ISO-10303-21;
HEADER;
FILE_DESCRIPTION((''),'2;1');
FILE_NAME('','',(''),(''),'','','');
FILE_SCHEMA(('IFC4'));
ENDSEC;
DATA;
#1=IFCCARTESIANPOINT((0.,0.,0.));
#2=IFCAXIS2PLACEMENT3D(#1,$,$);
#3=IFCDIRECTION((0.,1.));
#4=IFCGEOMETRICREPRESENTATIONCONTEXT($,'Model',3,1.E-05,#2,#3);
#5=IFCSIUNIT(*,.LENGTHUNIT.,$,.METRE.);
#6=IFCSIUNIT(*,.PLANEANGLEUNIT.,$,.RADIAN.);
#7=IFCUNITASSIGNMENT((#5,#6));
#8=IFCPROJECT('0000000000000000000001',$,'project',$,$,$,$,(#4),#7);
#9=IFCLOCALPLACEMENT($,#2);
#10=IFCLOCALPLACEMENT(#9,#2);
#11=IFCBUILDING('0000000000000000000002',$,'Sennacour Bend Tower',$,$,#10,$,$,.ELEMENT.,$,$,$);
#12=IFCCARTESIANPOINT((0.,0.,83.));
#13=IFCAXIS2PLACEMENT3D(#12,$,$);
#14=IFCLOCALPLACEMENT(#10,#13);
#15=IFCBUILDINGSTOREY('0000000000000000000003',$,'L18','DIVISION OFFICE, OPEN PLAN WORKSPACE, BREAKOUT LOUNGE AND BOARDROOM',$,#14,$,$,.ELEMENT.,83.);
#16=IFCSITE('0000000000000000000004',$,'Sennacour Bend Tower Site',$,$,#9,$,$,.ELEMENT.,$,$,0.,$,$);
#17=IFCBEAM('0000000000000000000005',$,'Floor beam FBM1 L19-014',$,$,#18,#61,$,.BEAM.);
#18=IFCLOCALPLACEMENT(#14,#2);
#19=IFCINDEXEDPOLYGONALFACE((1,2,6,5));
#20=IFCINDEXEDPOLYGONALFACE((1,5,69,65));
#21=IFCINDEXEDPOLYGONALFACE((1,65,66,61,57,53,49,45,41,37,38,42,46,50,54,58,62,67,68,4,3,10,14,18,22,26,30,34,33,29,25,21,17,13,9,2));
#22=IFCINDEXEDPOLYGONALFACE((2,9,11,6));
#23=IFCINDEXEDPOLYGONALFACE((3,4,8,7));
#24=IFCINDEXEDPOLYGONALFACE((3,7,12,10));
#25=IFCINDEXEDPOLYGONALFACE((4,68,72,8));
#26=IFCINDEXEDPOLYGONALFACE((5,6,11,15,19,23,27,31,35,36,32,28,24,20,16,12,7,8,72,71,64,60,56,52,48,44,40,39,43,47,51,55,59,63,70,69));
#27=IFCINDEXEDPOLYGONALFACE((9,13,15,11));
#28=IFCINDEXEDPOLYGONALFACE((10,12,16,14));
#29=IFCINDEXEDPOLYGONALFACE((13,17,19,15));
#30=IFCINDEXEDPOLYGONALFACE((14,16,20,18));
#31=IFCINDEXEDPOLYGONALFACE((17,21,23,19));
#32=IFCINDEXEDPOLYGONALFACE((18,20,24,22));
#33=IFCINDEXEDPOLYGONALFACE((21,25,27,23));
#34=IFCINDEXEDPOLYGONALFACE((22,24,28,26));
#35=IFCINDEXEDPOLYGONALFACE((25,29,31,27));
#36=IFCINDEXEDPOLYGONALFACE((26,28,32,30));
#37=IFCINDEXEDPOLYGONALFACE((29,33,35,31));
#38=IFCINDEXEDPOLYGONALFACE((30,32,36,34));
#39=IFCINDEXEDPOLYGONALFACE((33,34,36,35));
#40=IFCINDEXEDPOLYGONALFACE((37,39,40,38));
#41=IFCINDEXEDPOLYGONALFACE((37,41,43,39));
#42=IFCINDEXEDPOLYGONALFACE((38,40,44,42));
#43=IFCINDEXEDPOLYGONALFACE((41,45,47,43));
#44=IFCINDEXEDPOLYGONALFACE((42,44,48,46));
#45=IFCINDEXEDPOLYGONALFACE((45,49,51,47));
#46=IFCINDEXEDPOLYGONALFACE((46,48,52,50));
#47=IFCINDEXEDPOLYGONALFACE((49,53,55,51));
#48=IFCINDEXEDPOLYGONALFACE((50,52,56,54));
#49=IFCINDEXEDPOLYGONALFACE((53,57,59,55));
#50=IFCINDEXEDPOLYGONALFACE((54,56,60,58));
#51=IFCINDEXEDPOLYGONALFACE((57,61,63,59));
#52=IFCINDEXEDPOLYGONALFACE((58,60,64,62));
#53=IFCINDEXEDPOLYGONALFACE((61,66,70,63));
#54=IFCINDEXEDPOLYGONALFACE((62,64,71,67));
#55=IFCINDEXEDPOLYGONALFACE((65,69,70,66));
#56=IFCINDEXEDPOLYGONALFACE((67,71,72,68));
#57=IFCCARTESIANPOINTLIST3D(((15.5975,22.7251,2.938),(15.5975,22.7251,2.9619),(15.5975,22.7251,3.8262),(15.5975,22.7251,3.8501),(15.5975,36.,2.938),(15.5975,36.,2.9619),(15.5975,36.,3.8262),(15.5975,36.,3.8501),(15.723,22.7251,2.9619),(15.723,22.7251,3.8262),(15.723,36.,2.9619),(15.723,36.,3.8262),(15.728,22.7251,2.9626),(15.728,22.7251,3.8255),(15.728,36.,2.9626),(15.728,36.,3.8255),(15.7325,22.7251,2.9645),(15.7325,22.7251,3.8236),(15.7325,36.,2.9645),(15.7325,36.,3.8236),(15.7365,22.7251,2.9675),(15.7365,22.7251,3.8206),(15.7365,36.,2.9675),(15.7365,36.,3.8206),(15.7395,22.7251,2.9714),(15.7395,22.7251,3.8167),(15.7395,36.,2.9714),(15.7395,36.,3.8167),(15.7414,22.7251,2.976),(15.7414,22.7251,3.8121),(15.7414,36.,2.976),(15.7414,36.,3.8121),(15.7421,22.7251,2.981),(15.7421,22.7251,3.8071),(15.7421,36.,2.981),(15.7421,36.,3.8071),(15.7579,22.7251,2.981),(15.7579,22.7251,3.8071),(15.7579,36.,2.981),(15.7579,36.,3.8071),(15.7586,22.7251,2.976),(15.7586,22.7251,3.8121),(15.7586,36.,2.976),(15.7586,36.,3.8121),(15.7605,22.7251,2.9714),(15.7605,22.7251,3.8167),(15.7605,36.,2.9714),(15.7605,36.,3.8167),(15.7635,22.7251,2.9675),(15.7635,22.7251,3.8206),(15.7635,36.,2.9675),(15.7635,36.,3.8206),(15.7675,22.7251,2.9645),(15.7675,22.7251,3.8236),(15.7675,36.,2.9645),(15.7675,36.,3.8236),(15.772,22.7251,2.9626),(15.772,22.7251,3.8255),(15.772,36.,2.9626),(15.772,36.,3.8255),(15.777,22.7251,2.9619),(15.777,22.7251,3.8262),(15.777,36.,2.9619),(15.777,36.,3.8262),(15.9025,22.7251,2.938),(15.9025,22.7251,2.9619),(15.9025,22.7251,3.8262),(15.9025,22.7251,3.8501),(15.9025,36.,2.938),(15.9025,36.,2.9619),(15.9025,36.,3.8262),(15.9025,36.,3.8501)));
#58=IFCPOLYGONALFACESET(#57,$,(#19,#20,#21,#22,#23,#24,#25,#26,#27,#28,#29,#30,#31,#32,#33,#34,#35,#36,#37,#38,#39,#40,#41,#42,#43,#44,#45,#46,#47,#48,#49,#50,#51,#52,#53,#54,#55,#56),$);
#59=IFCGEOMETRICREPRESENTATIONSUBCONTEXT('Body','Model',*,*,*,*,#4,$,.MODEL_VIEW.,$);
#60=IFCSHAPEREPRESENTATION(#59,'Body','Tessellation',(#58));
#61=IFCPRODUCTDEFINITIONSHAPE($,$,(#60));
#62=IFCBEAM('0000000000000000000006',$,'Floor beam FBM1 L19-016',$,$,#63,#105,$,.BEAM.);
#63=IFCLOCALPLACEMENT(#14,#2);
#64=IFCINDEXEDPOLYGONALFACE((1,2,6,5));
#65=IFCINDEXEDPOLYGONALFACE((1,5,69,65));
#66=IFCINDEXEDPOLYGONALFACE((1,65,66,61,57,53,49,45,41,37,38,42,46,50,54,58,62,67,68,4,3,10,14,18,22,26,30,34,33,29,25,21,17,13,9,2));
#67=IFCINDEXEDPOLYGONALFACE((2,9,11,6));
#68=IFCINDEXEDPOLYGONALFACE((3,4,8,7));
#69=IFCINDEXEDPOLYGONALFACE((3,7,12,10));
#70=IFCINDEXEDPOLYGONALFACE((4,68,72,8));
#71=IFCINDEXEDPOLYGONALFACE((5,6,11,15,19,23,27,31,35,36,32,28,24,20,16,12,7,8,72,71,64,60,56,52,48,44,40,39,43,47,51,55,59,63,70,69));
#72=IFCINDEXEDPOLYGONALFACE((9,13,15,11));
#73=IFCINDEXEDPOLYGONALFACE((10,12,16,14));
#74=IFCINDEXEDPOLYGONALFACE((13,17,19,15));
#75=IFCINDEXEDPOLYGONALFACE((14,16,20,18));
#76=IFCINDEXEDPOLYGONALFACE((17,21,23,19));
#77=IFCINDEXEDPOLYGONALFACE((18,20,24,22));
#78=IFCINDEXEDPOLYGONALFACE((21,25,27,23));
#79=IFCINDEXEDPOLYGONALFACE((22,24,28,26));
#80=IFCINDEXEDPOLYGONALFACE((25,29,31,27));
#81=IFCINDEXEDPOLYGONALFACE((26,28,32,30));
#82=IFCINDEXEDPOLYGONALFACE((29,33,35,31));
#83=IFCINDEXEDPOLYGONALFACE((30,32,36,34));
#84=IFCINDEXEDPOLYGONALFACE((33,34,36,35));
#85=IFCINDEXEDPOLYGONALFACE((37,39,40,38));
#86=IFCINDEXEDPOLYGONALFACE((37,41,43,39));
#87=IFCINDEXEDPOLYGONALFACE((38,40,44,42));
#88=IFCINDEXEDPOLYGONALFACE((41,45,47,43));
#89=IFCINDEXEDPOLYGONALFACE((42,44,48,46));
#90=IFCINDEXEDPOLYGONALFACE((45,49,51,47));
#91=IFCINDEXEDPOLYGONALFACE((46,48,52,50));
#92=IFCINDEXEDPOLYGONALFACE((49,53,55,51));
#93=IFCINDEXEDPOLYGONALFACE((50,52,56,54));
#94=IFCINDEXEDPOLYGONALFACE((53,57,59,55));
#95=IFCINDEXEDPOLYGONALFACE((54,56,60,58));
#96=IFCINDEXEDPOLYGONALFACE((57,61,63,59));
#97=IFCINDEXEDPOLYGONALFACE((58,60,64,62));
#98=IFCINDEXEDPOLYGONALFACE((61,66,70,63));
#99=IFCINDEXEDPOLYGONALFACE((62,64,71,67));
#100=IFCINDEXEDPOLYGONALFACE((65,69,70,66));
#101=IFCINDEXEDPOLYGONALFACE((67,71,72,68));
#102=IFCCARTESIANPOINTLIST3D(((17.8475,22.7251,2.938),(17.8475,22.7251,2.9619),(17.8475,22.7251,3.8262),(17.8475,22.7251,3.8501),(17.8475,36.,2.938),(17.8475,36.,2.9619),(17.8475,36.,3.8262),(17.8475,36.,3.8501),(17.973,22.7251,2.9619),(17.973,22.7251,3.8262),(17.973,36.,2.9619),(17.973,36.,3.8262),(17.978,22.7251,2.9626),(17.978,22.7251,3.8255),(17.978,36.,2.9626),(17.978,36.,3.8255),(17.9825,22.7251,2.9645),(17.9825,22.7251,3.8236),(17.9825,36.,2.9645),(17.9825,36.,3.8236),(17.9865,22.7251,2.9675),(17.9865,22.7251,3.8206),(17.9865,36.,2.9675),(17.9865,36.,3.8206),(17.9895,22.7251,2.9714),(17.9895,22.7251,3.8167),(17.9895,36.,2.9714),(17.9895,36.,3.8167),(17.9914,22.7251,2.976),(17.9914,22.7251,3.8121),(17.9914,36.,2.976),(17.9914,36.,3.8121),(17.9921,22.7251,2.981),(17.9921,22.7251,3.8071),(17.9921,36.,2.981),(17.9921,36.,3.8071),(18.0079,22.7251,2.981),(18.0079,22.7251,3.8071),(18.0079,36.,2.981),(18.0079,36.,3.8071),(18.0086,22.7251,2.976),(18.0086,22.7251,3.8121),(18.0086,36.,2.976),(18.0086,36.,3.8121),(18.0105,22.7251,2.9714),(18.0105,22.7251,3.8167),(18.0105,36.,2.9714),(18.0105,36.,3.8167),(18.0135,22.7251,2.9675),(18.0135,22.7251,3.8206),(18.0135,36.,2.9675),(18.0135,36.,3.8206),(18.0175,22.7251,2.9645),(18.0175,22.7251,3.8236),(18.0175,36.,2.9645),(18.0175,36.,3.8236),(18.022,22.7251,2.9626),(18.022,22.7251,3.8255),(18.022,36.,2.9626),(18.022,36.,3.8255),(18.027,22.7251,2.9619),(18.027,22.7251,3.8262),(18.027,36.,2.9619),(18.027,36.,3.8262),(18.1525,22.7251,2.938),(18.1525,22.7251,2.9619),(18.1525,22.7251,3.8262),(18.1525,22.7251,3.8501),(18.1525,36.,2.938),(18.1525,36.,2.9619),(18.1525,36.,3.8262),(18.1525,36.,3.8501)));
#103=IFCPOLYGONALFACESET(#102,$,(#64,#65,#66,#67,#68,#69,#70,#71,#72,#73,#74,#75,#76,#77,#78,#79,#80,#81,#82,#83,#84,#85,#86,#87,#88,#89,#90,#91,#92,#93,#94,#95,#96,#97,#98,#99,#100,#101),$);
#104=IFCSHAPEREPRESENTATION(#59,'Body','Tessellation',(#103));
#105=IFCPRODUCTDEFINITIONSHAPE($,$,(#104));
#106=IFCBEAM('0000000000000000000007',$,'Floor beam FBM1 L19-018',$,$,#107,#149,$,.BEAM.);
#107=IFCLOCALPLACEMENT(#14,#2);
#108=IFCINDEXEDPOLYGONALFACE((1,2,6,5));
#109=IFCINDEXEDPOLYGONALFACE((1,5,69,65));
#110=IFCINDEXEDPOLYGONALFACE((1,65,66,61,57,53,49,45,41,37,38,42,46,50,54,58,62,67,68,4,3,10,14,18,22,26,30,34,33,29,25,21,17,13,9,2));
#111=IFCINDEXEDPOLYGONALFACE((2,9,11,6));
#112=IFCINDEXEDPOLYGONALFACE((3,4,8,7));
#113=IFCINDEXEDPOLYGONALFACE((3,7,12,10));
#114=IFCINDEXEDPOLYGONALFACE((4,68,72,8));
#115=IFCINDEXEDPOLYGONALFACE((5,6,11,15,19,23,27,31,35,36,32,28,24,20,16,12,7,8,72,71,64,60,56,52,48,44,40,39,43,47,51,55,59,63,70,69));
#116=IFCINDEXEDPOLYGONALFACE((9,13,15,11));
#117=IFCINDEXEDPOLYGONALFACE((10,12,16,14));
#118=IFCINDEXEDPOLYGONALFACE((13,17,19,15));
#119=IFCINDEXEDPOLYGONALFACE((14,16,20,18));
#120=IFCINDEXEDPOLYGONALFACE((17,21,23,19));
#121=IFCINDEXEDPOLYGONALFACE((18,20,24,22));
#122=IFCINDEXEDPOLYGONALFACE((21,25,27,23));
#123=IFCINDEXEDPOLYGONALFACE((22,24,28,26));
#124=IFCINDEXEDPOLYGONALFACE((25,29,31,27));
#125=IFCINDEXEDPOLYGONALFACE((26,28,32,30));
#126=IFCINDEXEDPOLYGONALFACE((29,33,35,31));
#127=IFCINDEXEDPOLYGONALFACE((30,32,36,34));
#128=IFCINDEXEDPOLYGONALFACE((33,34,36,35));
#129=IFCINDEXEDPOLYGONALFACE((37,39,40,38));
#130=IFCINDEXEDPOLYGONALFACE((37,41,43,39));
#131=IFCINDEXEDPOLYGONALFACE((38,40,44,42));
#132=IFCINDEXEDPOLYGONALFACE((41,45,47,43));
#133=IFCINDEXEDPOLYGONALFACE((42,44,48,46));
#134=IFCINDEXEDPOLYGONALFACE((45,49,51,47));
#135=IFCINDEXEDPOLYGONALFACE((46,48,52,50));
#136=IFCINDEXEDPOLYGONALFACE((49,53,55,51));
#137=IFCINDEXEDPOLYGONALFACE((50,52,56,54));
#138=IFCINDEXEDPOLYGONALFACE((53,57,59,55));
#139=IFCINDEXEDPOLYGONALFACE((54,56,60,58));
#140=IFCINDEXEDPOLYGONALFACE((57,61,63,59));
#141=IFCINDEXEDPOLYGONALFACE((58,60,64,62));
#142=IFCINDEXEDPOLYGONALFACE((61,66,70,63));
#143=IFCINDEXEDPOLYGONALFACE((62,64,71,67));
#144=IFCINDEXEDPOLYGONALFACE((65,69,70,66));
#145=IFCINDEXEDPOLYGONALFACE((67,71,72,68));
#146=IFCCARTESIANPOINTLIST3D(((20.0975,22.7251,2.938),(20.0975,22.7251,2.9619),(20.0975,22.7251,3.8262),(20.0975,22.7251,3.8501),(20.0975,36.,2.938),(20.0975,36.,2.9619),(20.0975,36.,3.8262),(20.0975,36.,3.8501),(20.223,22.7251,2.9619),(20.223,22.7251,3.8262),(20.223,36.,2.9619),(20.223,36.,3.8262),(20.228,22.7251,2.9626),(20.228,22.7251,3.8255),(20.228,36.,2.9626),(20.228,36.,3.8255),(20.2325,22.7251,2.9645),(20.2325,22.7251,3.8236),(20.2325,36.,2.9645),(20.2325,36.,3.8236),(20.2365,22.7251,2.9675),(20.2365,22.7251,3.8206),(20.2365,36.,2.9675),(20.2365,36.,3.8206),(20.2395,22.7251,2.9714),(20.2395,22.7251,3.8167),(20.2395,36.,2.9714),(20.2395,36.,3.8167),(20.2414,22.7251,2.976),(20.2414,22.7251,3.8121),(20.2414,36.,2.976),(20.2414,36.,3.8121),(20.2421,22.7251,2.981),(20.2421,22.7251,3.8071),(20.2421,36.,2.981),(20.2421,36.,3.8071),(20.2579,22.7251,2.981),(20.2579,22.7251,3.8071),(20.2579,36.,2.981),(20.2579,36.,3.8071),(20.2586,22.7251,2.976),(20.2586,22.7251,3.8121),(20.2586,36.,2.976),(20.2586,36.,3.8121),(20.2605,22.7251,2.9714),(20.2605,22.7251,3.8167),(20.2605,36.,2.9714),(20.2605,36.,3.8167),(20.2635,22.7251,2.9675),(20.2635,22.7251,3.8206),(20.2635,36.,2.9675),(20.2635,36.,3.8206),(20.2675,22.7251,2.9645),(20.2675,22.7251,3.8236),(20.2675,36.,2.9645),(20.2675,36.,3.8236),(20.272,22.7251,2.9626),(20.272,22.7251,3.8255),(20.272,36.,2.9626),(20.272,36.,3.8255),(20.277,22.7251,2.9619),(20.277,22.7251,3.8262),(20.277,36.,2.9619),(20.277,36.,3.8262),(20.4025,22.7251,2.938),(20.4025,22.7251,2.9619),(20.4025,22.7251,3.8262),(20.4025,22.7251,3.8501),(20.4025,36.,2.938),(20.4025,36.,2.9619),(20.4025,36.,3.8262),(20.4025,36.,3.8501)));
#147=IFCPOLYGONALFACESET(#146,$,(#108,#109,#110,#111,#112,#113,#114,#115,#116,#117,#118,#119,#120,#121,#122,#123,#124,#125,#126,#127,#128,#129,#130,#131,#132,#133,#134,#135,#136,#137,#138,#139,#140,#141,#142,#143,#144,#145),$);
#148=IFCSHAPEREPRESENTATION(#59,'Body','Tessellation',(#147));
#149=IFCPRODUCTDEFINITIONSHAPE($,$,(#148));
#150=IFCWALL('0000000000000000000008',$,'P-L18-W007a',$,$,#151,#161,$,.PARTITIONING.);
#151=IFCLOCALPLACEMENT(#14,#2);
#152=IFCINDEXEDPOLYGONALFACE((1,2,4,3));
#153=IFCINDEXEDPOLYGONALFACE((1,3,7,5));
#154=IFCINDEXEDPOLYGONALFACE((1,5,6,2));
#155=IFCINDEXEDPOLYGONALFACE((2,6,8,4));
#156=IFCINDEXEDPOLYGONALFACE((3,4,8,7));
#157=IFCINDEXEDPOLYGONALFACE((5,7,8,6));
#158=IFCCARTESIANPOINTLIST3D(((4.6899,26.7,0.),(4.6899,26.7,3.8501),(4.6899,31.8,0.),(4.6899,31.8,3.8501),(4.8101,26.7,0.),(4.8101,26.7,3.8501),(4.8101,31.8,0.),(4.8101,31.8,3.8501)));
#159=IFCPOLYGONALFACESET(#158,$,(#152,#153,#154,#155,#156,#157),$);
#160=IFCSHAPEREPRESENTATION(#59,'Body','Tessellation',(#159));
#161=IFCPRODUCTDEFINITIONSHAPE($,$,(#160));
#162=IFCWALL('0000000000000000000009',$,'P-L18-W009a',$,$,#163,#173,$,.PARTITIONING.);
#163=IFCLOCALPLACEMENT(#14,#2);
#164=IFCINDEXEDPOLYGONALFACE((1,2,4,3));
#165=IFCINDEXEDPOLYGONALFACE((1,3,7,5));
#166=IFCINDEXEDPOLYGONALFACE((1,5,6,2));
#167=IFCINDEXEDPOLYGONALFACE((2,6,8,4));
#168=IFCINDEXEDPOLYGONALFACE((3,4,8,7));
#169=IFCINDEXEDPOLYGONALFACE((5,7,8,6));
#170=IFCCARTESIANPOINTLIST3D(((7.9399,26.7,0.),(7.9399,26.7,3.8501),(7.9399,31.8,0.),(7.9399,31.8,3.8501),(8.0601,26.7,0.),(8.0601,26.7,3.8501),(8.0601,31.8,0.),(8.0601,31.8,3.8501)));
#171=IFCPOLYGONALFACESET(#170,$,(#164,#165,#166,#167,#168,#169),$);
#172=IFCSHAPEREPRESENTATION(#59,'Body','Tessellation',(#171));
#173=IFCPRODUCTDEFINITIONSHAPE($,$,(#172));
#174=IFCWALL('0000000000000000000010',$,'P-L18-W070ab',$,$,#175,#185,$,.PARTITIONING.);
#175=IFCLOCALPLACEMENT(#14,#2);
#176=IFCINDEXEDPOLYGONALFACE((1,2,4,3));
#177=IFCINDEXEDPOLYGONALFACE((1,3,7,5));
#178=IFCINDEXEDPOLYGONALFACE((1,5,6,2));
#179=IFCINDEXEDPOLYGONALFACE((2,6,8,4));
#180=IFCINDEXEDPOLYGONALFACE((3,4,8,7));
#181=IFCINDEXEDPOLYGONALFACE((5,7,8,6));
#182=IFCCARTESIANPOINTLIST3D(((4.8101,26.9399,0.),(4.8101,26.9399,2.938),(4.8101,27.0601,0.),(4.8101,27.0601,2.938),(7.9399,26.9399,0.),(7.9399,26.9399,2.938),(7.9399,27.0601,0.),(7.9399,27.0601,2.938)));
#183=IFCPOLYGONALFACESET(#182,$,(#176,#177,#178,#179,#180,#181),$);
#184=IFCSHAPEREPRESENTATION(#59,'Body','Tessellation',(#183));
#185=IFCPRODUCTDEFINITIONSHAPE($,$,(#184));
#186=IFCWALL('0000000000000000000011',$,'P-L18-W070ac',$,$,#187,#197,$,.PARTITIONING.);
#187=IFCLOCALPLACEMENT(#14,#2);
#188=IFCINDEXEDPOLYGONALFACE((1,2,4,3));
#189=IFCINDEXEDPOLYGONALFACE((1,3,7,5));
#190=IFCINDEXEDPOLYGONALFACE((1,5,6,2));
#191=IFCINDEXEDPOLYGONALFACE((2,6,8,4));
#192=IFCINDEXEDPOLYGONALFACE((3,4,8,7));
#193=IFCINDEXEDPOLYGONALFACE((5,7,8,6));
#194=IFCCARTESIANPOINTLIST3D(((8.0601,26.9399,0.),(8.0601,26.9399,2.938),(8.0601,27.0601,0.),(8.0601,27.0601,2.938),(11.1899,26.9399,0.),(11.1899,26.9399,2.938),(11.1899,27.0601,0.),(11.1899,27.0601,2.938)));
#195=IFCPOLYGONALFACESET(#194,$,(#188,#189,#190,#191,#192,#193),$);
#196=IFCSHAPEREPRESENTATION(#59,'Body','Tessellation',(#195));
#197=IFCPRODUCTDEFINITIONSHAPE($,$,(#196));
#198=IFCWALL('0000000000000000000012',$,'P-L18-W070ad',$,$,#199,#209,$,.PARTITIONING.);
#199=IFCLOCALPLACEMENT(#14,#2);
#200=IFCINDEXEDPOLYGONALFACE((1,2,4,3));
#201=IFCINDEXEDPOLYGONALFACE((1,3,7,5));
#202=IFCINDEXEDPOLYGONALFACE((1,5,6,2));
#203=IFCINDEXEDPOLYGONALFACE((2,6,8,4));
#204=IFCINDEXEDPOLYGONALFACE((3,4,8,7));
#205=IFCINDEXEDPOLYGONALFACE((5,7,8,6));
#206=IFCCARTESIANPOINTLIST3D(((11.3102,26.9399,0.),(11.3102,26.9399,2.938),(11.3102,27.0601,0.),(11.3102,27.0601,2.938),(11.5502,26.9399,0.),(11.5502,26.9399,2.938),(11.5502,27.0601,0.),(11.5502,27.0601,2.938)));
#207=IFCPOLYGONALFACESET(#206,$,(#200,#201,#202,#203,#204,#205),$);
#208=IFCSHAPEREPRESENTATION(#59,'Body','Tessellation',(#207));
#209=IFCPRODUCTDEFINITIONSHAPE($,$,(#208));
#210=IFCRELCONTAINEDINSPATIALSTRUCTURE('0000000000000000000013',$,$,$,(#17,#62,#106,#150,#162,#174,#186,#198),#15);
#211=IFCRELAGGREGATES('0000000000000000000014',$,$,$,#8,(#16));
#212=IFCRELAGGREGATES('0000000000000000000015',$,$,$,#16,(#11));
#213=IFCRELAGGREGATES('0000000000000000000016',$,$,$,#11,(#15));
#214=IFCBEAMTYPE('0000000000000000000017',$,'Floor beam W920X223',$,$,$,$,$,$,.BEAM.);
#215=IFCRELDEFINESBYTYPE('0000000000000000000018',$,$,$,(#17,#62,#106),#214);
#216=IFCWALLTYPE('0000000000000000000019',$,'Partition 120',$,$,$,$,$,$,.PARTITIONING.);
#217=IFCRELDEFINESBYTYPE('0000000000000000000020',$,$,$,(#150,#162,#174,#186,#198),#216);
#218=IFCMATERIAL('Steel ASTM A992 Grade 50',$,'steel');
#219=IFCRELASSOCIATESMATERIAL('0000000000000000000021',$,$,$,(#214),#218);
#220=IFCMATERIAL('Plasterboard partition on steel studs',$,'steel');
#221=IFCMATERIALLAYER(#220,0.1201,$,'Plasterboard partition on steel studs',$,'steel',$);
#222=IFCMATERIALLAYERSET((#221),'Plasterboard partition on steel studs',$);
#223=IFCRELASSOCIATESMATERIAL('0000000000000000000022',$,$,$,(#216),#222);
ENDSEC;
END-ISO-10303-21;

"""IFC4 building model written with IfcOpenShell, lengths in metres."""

from ifc_helpers import new_model, si_unit, direction, frame, frame_2d, origin, origin_2d, place, context, subcontext, project, spatial, rectangle, i_section, extrude, material, layer, layer_set, material_profile, profile_set, type_object, element, save


model = new_model("IFC4")

# Units and contexts
model_context = context("Model", 3, precision=1e-05, world=origin(), true_north=direction((0.0, 1.0)))
body_context = subcontext(model_context, "Body", "Model", "MODEL_VIEW")
ifc_project = project(units=[si_unit("LENGTHUNIT", "METRE"), si_unit("PLANEANGLEUNIT", "RADIAN")], contexts=[model_context])

# Site, building, storey
site_placement = place(None, origin())
site = spatial("IfcSite", under=ifc_project, at=site_placement, Name="Sennacour Bend Tower Site", CompositionType="ELEMENT", RefElevation=0.0)
building_placement = place(site_placement, origin())
building = spatial("IfcBuilding", under=site, at=building_placement, Name="Sennacour Bend Tower", CompositionType="ELEMENT")
storey_placement = place(building_placement, frame((0.0, 0.0, 83.0)))
storey = spatial("IfcBuildingStorey", under=building, at=storey_placement, Name="L18", Description="DIVISION OFFICE, OPEN PLAN WORKSPACE, BREAKOUT LOUNGE AND BOARDROOM", CompositionType="ELEMENT", Elevation=83.0)

# Beams
ifc_material_1 = material(Name="Steel ASTM A992 Grade 50", Category="steel")
ifc_material_profile = material_profile(ifc_material_1, i_section(OverallWidth=0.3049, OverallDepth=0.9121, WebThickness=0.0159, FlangeThickness=0.0239, FilletRadius=0.019, at=origin_2d()), Name="Steel ASTM A992 Grade 50", Category="steel")
ifc_profile_set = profile_set([ifc_material_profile], Name="Steel ASTM A992 Grade 50")
beam_type = type_object("IfcBeamType", Name="Floor beam W920X223", PredefinedType="BEAM", material=ifc_profile_set)
for number, where, z_axis, x_axis, name in (
    (1, (15.75, 22.7251, 3.394), (0.0, 1.0, 0.0), (-1.0, 0.0, 0.0), "Floor beam FBM1 L19-014"),
    (2, (18.0, 22.7251, 3.394), (0.0, 1.0, 0.0), (-1.0, 0.0, 0.0), "Floor beam FBM1 L19-016"),
    (3, (20.25, 22.7251, 3.394), (0.0, 1.0, 0.0), (-1.0, 0.0, 0.0), "Floor beam FBM1 L19-018"),
):
    element("IfcBeam", number, at=place(storey_placement, frame(where, z_axis=z_axis, x_axis=x_axis)), inside=storey, type_object=beam_type, Name=name, PredefinedType="BEAM", context=body_context, shape_type="SweptSolid", body=[
        extrude(i_section(OverallWidth=0.3049, OverallDepth=0.9121, WebThickness=0.0159, FlangeThickness=0.0239, FilletRadius=0.019, at=origin_2d()), origin(), (0.0, 0.0, 1.0), 13.2749),
    ])

# Walls
ifc_material_2 = material(Name="Plasterboard partition on steel studs", Category="steel")
ifc_layer_1 = layer(ifc_material_2, 0.1201, Name="Plasterboard partition on steel studs", Category="steel")
ifc_layer_set_1 = layer_set([ifc_layer_1], Name="Plasterboard partition on steel studs")
wall_type_1 = type_object("IfcWallType", Name="Partition 120", PredefinedType="PARTITIONING", material=ifc_layer_set_1)
for number, where, z_axis, x_axis, name in (
    (4, (4.75, 26.7, 0.0), (0.0, 0.0, 1.0), (0.0, 1.0, 0.0), "P-L18-W007a"),
    (5, (8.0, 26.7, 0.0), (0.0, 0.0, 1.0), (0.0, 1.0, 0.0), "P-L18-W009a"),
):
    element("IfcWall", number, at=place(storey_placement, frame(where, z_axis=z_axis, x_axis=x_axis)), inside=storey, type_object=wall_type_1, Name=name, PredefinedType="PARTITIONING", context=body_context, shape_type="SweptSolid", body=[
        extrude(rectangle(XDim=5.1001, YDim=0.1201, at=frame_2d((2.55, 0.0))), origin(), (0.0, 0.0, 1.0), 3.8501),
    ])
for number, where, z_axis, x_axis, name in (
    (6, (4.8101, 27.0, 0.0), (0.0, 0.0, 1.0), (1.0, 0.0, 0.0), "P-L18-W070ab"),
    (7, (8.0601, 27.0, 0.0), (0.0, 0.0, 1.0), (1.0, 0.0, 0.0), "P-L18-W070ac"),
):
    element("IfcWall", number, at=place(storey_placement, frame(where, z_axis=z_axis, x_axis=x_axis)), inside=storey, type_object=wall_type_1, Name=name, PredefinedType="PARTITIONING", context=body_context, shape_type="SweptSolid", body=[
        extrude(rectangle(XDim=3.1299, YDim=0.1201, at=frame_2d((1.5649, 0.0))), origin(), (0.0, 0.0, 1.0), 2.938),
    ])
for number, where, z_axis, x_axis, name in (
    (8, (11.3101, 27.0, 0.0), (0.0, 0.0, 1.0), (1.0, 0.0, 0.0), "P-L18-W070ad"),
):
    element("IfcWall", number, at=place(storey_placement, frame(where, z_axis=z_axis, x_axis=x_axis)), inside=storey, type_object=wall_type_1, Name=name, PredefinedType="PARTITIONING", context=body_context, shape_type="SweptSolid", body=[
        extrude(rectangle(XDim=0.24, YDim=0.1201, at=frame_2d((0.1201, 0.0))), origin(), (0.0, 0.0, 1.0), 2.938),
    ])

save(model, "model.ifc")
